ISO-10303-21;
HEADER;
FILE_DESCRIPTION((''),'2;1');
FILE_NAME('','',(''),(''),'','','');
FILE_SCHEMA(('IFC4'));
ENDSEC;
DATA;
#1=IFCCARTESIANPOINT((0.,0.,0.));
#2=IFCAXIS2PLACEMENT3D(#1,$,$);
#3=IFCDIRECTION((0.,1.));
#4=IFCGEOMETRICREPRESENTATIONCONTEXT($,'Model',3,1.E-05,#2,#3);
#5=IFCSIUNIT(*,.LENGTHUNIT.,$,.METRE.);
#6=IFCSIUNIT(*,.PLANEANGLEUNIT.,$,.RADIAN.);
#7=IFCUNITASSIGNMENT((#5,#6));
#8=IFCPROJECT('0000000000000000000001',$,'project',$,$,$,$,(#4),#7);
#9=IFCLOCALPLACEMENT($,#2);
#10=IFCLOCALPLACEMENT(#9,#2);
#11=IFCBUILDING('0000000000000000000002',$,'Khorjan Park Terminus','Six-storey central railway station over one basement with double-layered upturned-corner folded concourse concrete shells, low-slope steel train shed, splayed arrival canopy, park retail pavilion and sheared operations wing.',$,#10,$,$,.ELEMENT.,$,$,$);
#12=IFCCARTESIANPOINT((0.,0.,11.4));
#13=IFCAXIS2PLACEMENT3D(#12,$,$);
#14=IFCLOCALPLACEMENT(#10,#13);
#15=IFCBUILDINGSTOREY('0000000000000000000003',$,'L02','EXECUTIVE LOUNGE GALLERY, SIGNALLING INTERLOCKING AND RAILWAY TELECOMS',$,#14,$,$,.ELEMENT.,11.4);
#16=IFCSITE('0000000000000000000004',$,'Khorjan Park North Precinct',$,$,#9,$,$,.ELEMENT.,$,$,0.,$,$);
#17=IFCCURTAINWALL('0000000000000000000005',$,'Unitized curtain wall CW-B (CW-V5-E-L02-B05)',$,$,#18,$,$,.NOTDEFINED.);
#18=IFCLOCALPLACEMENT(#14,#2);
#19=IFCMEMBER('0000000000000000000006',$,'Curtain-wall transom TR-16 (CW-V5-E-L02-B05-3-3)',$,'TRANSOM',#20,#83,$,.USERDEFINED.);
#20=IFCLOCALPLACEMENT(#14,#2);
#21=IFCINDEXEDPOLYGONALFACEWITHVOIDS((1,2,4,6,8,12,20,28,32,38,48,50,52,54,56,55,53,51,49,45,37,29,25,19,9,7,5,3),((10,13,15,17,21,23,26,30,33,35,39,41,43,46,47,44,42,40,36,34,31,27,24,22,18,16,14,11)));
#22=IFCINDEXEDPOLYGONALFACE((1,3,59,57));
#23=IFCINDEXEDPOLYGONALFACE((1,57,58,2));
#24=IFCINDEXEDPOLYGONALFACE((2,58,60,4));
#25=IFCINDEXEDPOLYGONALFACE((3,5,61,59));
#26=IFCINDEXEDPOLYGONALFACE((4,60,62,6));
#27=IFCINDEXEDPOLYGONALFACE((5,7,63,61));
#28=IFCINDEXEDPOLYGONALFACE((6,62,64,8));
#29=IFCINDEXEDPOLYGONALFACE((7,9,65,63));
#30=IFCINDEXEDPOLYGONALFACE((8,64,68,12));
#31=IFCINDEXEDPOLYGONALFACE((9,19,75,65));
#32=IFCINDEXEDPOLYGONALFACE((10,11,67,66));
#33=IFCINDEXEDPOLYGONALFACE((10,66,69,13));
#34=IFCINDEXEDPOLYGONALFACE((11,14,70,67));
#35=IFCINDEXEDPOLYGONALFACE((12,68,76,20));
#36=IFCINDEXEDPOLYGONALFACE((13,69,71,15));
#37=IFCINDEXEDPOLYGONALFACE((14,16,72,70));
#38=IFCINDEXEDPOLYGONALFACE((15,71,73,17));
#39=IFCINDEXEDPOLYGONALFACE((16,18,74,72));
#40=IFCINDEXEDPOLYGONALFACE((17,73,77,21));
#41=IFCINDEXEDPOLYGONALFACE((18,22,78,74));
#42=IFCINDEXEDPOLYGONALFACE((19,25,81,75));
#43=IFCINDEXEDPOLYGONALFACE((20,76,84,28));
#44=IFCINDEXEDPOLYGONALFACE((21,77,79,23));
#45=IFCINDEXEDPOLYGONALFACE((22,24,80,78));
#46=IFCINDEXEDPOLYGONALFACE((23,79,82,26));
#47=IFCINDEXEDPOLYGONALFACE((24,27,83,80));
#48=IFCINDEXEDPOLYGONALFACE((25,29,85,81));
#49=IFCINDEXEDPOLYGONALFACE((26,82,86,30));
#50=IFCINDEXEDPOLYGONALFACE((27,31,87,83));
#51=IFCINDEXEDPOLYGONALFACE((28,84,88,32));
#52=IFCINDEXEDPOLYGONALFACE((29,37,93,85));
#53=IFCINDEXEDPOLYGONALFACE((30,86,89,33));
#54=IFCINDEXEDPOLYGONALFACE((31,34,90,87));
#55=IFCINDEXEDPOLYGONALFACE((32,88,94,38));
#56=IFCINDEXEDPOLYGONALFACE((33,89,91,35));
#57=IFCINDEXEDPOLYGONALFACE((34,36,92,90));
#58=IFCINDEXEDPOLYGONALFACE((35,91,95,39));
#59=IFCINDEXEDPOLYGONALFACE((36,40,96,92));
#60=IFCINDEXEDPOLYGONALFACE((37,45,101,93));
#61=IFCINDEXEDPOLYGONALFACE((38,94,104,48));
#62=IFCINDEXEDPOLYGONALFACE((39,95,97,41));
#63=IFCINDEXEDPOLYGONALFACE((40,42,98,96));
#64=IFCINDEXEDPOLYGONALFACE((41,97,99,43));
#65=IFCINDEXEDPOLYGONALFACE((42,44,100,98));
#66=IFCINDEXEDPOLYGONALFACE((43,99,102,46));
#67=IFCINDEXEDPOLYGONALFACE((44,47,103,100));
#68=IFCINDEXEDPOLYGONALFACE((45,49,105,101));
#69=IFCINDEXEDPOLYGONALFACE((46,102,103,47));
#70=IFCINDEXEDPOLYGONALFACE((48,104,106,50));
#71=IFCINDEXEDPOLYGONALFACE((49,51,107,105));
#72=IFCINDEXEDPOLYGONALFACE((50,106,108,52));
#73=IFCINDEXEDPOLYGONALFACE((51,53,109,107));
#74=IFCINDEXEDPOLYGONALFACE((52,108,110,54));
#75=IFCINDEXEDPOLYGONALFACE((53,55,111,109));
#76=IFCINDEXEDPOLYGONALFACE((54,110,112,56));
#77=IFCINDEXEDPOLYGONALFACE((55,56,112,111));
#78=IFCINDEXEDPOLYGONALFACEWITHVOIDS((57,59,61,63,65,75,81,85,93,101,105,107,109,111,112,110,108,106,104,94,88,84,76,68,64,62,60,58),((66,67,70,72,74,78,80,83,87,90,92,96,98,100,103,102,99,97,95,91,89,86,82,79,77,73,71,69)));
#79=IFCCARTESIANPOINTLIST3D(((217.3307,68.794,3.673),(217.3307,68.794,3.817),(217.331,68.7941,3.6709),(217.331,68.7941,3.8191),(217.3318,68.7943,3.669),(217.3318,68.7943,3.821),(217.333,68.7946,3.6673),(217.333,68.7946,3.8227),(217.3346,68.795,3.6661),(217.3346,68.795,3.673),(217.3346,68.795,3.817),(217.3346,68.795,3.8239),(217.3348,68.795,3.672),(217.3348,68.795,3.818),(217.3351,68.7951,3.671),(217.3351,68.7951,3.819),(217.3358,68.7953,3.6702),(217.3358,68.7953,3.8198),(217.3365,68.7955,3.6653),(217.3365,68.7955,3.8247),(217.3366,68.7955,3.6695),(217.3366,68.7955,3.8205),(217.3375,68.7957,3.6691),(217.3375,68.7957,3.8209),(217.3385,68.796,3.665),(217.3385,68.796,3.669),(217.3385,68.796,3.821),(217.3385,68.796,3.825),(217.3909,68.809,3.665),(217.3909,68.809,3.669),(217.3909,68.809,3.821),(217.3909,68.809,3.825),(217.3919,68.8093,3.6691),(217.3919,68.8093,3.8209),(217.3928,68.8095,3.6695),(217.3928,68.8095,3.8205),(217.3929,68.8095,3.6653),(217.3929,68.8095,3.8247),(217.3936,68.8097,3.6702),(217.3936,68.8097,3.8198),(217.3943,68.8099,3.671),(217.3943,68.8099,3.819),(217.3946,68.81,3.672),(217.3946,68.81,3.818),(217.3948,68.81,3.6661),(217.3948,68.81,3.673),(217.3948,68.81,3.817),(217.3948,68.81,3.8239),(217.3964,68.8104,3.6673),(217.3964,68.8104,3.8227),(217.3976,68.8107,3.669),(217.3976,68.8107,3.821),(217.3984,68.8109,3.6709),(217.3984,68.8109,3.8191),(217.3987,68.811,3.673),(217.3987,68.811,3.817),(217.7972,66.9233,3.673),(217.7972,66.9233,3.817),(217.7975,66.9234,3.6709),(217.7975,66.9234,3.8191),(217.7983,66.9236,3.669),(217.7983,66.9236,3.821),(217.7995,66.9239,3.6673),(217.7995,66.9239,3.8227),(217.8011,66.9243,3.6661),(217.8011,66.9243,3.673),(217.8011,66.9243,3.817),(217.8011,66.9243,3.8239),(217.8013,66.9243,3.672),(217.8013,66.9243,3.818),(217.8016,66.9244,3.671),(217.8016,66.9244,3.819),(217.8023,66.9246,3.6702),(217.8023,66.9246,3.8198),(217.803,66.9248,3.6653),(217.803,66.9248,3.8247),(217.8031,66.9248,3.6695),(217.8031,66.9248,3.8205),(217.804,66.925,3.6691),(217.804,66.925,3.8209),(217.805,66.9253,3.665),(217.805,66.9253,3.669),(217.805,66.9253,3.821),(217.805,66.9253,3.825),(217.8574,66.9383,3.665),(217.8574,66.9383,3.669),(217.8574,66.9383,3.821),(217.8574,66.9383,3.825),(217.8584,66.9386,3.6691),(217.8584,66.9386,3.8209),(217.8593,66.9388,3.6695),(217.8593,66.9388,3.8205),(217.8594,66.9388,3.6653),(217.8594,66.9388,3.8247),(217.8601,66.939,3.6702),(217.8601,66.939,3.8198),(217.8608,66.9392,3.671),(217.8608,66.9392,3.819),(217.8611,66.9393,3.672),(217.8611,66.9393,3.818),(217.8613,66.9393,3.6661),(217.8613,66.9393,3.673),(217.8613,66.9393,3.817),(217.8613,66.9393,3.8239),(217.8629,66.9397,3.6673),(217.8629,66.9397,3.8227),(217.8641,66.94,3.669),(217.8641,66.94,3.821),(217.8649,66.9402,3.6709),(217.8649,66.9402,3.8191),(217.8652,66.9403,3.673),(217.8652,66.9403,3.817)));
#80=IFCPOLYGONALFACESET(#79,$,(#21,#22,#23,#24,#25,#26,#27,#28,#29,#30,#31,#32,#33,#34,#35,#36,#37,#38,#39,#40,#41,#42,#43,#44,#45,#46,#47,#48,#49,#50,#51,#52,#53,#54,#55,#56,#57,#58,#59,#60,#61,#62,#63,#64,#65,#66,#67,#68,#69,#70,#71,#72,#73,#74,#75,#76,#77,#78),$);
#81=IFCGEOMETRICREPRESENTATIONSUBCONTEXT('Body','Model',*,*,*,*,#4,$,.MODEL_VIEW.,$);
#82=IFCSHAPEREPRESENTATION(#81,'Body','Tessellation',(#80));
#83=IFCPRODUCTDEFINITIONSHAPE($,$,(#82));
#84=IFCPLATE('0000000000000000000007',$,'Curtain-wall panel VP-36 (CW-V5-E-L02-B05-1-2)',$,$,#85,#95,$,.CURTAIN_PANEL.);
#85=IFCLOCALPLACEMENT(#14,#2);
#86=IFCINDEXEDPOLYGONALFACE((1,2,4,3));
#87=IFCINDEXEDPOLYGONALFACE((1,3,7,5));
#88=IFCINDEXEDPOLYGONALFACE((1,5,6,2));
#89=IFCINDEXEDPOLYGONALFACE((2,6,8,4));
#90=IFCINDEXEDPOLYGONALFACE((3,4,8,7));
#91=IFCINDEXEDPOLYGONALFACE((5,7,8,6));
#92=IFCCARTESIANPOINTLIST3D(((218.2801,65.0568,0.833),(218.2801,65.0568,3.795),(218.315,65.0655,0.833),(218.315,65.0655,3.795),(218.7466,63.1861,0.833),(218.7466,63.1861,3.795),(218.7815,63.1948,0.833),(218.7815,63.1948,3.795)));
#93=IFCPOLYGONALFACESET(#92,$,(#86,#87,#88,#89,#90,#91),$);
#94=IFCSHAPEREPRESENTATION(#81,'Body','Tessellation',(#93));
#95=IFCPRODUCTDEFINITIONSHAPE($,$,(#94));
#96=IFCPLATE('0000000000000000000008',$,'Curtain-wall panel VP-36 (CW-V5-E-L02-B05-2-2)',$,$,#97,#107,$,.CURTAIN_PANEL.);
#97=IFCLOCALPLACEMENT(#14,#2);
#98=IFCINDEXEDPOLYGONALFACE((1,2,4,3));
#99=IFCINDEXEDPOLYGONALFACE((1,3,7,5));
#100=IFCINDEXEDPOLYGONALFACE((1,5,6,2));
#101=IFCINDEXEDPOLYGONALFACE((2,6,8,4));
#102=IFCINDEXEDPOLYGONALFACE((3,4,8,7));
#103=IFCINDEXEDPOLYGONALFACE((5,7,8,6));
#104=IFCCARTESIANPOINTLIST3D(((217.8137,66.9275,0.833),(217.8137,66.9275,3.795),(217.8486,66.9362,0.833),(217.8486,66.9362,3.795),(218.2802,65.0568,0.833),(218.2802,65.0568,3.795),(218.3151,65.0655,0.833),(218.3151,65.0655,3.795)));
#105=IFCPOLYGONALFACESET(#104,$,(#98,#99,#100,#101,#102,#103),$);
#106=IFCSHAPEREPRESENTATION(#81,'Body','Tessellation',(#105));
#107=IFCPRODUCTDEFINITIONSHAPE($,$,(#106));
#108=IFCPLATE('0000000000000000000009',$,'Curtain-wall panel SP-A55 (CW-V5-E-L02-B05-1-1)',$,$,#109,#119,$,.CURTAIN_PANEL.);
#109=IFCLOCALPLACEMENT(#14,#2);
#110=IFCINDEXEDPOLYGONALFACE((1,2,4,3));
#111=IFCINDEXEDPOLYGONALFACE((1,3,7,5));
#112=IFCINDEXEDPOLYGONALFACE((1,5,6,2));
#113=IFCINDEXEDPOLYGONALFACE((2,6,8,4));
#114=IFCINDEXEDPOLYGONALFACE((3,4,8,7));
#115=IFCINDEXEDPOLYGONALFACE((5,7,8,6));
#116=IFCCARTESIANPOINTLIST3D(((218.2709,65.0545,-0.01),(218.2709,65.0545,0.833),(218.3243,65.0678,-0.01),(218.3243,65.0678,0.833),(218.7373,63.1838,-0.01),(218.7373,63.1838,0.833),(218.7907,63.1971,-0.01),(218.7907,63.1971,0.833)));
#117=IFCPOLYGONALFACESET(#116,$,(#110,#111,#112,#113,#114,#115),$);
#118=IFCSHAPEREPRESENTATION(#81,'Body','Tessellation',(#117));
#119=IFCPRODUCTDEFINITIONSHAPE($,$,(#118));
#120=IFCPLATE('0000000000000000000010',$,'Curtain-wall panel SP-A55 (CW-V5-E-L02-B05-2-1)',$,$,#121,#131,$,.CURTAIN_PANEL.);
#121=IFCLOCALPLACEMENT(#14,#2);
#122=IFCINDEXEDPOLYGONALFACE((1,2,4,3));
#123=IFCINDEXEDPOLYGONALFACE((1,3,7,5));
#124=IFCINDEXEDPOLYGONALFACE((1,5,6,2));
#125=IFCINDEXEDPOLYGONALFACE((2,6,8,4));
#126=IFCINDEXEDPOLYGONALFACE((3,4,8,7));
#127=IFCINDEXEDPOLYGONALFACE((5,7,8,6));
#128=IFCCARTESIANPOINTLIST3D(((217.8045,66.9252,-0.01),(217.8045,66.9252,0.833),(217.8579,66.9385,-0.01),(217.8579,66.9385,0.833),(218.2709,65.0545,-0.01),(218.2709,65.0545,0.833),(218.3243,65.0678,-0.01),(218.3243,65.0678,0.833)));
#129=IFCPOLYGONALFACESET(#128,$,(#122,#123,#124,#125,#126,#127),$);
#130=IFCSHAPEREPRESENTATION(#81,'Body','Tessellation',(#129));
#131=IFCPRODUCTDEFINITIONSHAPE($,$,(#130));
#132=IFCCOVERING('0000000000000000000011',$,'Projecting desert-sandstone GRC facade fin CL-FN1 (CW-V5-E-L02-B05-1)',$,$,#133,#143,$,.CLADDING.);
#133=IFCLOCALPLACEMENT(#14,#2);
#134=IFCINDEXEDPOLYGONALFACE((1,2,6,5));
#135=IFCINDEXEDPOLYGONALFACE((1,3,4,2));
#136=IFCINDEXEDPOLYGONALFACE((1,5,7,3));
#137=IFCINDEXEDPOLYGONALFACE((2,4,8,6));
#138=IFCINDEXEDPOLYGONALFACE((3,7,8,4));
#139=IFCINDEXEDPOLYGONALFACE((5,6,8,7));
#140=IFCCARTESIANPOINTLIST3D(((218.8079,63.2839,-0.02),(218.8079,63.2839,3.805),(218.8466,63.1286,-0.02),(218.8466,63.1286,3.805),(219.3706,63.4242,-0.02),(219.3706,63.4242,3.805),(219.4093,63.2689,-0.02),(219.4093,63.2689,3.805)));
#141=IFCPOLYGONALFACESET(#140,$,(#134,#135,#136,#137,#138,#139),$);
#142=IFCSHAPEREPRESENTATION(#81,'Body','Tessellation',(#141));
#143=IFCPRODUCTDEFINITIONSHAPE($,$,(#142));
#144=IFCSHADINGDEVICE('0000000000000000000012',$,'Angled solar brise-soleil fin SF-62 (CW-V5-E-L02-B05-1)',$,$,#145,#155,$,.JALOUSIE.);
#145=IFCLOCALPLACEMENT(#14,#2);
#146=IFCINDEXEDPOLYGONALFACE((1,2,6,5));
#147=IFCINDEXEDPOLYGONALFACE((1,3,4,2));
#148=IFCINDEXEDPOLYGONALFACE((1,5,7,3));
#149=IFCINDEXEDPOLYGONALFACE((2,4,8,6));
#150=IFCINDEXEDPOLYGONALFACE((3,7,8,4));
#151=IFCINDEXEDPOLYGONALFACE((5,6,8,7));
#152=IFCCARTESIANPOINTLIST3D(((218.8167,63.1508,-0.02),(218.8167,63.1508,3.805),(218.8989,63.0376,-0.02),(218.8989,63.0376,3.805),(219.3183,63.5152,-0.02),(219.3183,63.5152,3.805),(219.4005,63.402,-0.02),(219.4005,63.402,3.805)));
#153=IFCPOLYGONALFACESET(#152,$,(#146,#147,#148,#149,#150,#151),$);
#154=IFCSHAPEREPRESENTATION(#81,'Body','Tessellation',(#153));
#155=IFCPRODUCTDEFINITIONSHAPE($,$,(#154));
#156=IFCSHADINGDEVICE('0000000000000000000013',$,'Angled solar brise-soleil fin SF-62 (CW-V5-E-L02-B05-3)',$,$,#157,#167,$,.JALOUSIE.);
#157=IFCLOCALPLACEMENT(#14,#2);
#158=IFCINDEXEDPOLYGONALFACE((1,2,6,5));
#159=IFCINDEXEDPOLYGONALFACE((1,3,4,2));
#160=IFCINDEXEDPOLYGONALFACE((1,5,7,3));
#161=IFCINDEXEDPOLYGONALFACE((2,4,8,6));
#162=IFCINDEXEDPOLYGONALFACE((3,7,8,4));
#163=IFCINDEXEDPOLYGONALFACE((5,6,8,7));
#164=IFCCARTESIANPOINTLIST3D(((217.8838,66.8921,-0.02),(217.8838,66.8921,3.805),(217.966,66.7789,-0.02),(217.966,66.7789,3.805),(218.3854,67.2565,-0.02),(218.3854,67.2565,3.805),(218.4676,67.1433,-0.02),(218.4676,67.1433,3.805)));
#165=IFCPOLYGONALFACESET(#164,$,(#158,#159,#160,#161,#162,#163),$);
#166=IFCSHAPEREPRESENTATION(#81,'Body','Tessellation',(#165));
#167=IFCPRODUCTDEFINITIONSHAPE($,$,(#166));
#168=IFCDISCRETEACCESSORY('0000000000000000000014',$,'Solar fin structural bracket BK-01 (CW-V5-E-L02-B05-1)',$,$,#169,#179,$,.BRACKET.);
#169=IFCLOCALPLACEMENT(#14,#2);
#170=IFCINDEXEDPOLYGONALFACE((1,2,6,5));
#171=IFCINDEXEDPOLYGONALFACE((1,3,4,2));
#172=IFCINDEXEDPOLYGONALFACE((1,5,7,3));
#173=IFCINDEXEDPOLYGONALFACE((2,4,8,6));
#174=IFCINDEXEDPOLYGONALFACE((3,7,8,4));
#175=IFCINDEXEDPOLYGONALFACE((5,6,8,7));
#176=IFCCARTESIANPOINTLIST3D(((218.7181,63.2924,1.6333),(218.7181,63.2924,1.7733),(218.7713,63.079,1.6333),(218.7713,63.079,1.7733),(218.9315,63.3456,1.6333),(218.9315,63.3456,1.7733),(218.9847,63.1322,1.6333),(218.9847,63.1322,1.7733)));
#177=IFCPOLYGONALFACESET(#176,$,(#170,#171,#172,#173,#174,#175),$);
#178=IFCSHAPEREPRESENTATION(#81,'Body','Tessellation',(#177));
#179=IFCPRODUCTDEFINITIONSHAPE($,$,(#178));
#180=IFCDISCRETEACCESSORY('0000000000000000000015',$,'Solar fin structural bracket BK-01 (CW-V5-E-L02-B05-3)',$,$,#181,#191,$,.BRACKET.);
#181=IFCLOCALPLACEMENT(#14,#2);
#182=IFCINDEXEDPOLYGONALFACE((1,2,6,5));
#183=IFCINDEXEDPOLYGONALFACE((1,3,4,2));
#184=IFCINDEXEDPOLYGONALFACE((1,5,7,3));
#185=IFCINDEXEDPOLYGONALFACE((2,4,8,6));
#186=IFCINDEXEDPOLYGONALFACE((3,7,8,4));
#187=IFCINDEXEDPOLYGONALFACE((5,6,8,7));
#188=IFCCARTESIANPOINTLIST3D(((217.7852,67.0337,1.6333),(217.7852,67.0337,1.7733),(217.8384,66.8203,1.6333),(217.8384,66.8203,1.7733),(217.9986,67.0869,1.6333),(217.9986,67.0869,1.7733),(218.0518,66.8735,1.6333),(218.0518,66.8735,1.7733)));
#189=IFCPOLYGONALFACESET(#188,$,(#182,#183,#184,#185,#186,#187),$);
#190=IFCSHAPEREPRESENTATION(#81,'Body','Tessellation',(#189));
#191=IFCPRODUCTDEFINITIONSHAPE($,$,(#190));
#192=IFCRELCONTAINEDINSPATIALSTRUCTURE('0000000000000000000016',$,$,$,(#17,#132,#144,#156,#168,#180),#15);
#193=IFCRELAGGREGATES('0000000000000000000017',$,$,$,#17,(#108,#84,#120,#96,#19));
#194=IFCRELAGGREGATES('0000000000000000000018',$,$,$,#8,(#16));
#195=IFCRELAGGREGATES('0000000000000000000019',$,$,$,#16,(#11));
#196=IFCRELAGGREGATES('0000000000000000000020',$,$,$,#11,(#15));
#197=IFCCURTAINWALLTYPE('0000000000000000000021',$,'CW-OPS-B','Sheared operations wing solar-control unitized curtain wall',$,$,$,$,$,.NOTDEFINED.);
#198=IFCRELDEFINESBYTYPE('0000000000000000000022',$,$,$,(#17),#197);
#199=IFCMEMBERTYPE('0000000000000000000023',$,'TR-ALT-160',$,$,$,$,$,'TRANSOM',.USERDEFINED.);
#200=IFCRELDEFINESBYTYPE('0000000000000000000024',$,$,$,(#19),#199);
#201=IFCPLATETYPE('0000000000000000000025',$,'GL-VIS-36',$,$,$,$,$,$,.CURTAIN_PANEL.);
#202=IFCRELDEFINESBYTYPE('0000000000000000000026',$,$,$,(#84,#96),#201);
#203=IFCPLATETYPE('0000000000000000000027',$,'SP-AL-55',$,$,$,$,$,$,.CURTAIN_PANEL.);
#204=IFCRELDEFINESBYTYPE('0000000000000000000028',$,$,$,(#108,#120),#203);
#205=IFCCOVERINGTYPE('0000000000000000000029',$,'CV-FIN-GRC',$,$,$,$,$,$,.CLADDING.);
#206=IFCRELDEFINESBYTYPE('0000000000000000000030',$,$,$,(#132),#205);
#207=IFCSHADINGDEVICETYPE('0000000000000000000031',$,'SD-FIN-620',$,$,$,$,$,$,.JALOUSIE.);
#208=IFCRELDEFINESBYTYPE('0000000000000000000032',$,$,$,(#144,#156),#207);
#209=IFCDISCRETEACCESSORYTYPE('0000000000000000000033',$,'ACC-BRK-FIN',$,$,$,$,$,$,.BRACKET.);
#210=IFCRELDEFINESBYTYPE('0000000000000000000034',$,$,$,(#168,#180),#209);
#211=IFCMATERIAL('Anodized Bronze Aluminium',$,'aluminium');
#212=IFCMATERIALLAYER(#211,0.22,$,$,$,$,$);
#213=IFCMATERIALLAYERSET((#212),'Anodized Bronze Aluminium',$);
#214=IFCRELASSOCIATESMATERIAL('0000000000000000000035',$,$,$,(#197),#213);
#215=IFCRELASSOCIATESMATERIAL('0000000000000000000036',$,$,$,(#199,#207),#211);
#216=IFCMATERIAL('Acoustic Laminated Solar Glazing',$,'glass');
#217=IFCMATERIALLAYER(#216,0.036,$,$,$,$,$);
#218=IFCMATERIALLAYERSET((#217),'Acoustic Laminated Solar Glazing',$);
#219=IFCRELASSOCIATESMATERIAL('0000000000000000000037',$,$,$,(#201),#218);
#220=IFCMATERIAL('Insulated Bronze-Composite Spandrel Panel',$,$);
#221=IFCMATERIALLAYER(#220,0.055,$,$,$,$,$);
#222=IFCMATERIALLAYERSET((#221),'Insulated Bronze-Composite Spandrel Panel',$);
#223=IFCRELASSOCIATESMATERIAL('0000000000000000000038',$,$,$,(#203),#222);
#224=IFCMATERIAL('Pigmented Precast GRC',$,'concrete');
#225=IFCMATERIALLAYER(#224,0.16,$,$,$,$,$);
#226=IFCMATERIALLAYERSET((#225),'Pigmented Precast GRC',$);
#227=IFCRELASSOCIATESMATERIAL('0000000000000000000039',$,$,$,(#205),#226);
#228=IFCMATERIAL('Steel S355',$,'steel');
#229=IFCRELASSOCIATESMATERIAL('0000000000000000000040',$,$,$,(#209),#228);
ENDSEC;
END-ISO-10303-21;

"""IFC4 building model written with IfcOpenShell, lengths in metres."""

from ifc_helpers import new_model, si_unit, direction, frame, origin, origin_2d, place, context, subcontext, project, spatial, rectangle, hollow_rectangle, extrude, material, layer, layer_set, material_profile, profile_set, type_object, element, aggregate, save


model = new_model("IFC4")

# Units and contexts
model_context = context("Model", 3, precision=1e-05, world=origin(), true_north=direction((0.0, 1.0)))
body_context = subcontext(model_context, "Body", "Model", "MODEL_VIEW")
ifc_project = project(units=[si_unit("LENGTHUNIT", "METRE"), si_unit("PLANEANGLEUNIT", "RADIAN")], contexts=[model_context])

# Site, building, storey
site_placement = place(None, origin())
site = spatial("IfcSite", under=ifc_project, at=site_placement, Name="Khorjan Park North Precinct", CompositionType="ELEMENT", RefElevation=0.0)
building_placement = place(site_placement, origin())
building = spatial("IfcBuilding", under=site, at=building_placement, Name="Khorjan Park Terminus", Description="Six-storey central railway station over one basement with double-layered upturned-corner folded concourse concrete shells, low-slope steel train shed, splayed arrival canopy, park retail pavilion and sheared operations wing.", CompositionType="ELEMENT")
storey_placement = place(building_placement, frame((0.0, 0.0, 11.4)))
storey = spatial("IfcBuildingStorey", under=building, at=storey_placement, Name="L02", Description="EXECUTIVE LOUNGE GALLERY, SIGNALLING INTERLOCKING AND RAILWAY TELECOMS", CompositionType="ELEMENT", Elevation=11.4)

# Curtain wall, member, plates
ifc_material_1 = material(Name="Anodized Bronze Aluminium", Category="aluminium")
ifc_layer_1 = layer(ifc_material_1, 0.22)
ifc_layer_set_1 = layer_set([ifc_layer_1], Name="Anodized Bronze Aluminium")
curtain_wall_type = type_object("IfcCurtainWallType", Name="CW-OPS-B", Description="Sheared operations wing solar-control unitized curtain wall", PredefinedType="NOTDEFINED", material=ifc_layer_set_1)
curtain_wall_placement = place(storey_placement, origin())
curtain_wall = element("IfcCurtainWall", 1, at=curtain_wall_placement, inside=storey, type_object=curtain_wall_type, Name="Unitized curtain wall CW-B (CW-V5-E-L02-B05)", PredefinedType="NOTDEFINED")
ifc_material_profile_1 = material_profile(ifc_material_1, hollow_rectangle(XDim=0.07, YDim=0.16, WallThickness=0.004, InnerFilletRadius=0.004, OuterFilletRadius=0.008, at=origin_2d()), Name="ALT 70x160x4")
ifc_profile_set_1 = profile_set([ifc_material_profile_1], Name="Anodized Bronze Aluminium")
member_type_1 = type_object("IfcMemberType", Name="TR-ALT-160", ElementType="TRANSOM", PredefinedType="USERDEFINED", material=ifc_profile_set_1)
member_1_placement = place(storey_placement, frame((217.8312, 66.9318, 3.745), z_axis=(-0.241962, 0.970286, 0.0), x_axis=(-0.970286, -0.241962, 0.0)))
member_1 = element("IfcMember", 2, at=member_1_placement, type_object=member_type_1, Name="Curtain-wall transom TR-16 (CW-V5-E-L02-B05-3-3)", ObjectType="TRANSOM", PredefinedType="USERDEFINED", context=body_context, shape_type="SweptSolid", body=[
    extrude(hollow_rectangle(XDim=0.07, YDim=0.16, WallThickness=0.004, InnerFilletRadius=0.004, OuterFilletRadius=0.008, at=origin_2d()), origin(), (0.0, 0.0, 1.0), 1.928),
])
ifc_material_2 = material(Name="Acoustic Laminated Solar Glazing", Category="glass")
ifc_layer_2 = layer(ifc_material_2, 0.036)
ifc_layer_set_2 = layer_set([ifc_layer_2], Name="Acoustic Laminated Solar Glazing")
plate_type_1 = type_object("IfcPlateType", Name="GL-VIS-36", PredefinedType="CURTAIN_PANEL", material=ifc_layer_set_2)
plate_1_placement = place(storey_placement, frame((218.5308, 64.1258, 0.833), z_axis=(0.0, 0.0, 1.0), x_axis=(-0.241935, 0.970292, 0.0)))
plate_1 = element("IfcPlate", 3, at=plate_1_placement, type_object=plate_type_1, Name="Curtain-wall panel VP-36 (CW-V5-E-L02-B05-1-2)", PredefinedType="CURTAIN_PANEL", context=body_context, shape_type="SweptSolid", body=[
    extrude(rectangle(XDim=1.928, YDim=0.036, at=origin_2d()), origin(), (0.0, 0.0, 1.0), 2.962),
])
plate_2_placement = place(storey_placement, frame((218.0644, 65.9965, 0.833), z_axis=(0.0, 0.0, 1.0), x_axis=(-0.241935, 0.970292, 0.0)))
plate_2 = element("IfcPlate", 4, at=plate_2_placement, type_object=plate_type_1, Name="Curtain-wall panel VP-36 (CW-V5-E-L02-B05-2-2)", PredefinedType="CURTAIN_PANEL", context=body_context, shape_type="SweptSolid", body=[
    extrude(rectangle(XDim=1.928, YDim=0.036, at=origin_2d()), origin(), (0.0, 0.0, 1.0), 2.962),
])
ifc_material_3 = material(Name="Insulated Bronze-Composite Spandrel Panel")
ifc_layer_3 = layer(ifc_material_3, 0.055)
ifc_layer_set_3 = layer_set([ifc_layer_3], Name="Insulated Bronze-Composite Spandrel Panel")
plate_type_2 = type_object("IfcPlateType", Name="SP-AL-55", PredefinedType="CURTAIN_PANEL", material=ifc_layer_set_3)
plate_3_placement = place(storey_placement, frame((218.5308, 64.1258, -0.01), z_axis=(0.0, 0.0, 1.0), x_axis=(-0.241935, 0.970292, 0.0)))
plate_3 = element("IfcPlate", 5, at=plate_3_placement, type_object=plate_type_2, Name="Curtain-wall panel SP-A55 (CW-V5-E-L02-B05-1-1)", PredefinedType="CURTAIN_PANEL", context=body_context, shape_type="SweptSolid", body=[
    extrude(rectangle(XDim=1.928, YDim=0.055, at=origin_2d()), origin(), (0.0, 0.0, 1.0), 0.843),
])
plate_4_placement = place(storey_placement, frame((218.0644, 65.9965, -0.01), z_axis=(0.0, 0.0, 1.0), x_axis=(-0.241935, 0.970292, 0.0)))
plate_4 = element("IfcPlate", 6, at=plate_4_placement, type_object=plate_type_2, Name="Curtain-wall panel SP-A55 (CW-V5-E-L02-B05-2-1)", PredefinedType="CURTAIN_PANEL", context=body_context, shape_type="SweptSolid", body=[
    extrude(rectangle(XDim=1.928, YDim=0.055, at=origin_2d()), origin(), (0.0, 0.0, 1.0), 0.843),
])
aggregate(curtain_wall, [plate_3, plate_1, plate_4, plate_2, member_1])

# Covering
ifc_material_4 = material(Name="Pigmented Precast GRC", Category="concrete")
ifc_layer_4 = layer(ifc_material_4, 0.16)
ifc_layer_set_4 = layer_set([ifc_layer_4], Name="Pigmented Precast GRC")
covering_type = type_object("IfcCoveringType", Name="CV-FIN-GRC", PredefinedType="CLADDING", material=ifc_layer_set_4)
covering_placement = place(storey_placement, frame((219.1086, 63.2764, -0.02), z_axis=(0.0, 0.0, 1.0), x_axis=(-0.970296, -0.241922, 0.0)))
element("IfcCovering", 7, at=covering_placement, inside=storey, type_object=covering_type, Name="Projecting desert-sandstone GRC facade fin CL-FN1 (CW-V5-E-L02-B05-1)", PredefinedType="CLADDING", context=body_context, shape_type="SweptSolid", body=[
    extrude(rectangle(XDim=0.58, YDim=0.16, at=origin_2d()), origin(), (0.0, 0.0, 1.0), 3.825),
])

# Shading devices
shading_device_type = type_object("IfcShadingDeviceType", Name="SD-FIN-620", PredefinedType="JALOUSIE", material=ifc_material_1)
for number, where, z_axis, x_axis, name in (
    (8, (219.1086, 63.2764, -0.02), (0.0, 0.0, 1.0), (-0.809017, -0.587785, 0.0), "Angled solar brise-soleil fin SF-62 (CW-V5-E-L02-B05-1)"),
    (9, (218.1757, 67.0177, -0.02), (0.0, 0.0, 1.0), (-0.809017, -0.587785, 0.0), "Angled solar brise-soleil fin SF-62 (CW-V5-E-L02-B05-3)"),
):
    element("IfcShadingDevice", number, at=place(storey_placement, frame(where, z_axis=z_axis, x_axis=x_axis)), inside=storey, type_object=shading_device_type, Name=name, PredefinedType="JALOUSIE", context=body_context, shape_type="SweptSolid", body=[
        extrude(rectangle(XDim=0.62, YDim=0.14, at=origin_2d()), origin(), (0.0, 0.0, 1.0), 3.825),
    ])

# Discrete accessories
ifc_material_5 = material(Name="Steel S355", Category="steel")
discrete_accessory_type = type_object("IfcDiscreteAccessoryType", Name="ACC-BRK-FIN", PredefinedType="BRACKET", material=ifc_material_5)
for number, where, z_axis, x_axis, name in (
    (10, (218.8514, 63.2123, 1.6333), (0.0, 0.0, 1.0), (-0.241935, 0.970292, 0.0), "Solar fin structural bracket BK-01 (CW-V5-E-L02-B05-1)"),
    (11, (217.9185, 66.9536, 1.6333), (0.0, 0.0, 1.0), (-0.241935, 0.970292, 0.0), "Solar fin structural bracket BK-01 (CW-V5-E-L02-B05-3)"),
):
    element("IfcDiscreteAccessory", number, at=place(storey_placement, frame(where, z_axis=z_axis, x_axis=x_axis)), inside=storey, type_object=discrete_accessory_type, Name=name, PredefinedType="BRACKET", context=body_context, shape_type="SweptSolid", body=[
        extrude(rectangle(XDim=0.22, YDim=0.22, at=origin_2d()), origin(), (0.0, 0.0, 1.0), 0.14),
    ])

save(model, "model.ifc")
